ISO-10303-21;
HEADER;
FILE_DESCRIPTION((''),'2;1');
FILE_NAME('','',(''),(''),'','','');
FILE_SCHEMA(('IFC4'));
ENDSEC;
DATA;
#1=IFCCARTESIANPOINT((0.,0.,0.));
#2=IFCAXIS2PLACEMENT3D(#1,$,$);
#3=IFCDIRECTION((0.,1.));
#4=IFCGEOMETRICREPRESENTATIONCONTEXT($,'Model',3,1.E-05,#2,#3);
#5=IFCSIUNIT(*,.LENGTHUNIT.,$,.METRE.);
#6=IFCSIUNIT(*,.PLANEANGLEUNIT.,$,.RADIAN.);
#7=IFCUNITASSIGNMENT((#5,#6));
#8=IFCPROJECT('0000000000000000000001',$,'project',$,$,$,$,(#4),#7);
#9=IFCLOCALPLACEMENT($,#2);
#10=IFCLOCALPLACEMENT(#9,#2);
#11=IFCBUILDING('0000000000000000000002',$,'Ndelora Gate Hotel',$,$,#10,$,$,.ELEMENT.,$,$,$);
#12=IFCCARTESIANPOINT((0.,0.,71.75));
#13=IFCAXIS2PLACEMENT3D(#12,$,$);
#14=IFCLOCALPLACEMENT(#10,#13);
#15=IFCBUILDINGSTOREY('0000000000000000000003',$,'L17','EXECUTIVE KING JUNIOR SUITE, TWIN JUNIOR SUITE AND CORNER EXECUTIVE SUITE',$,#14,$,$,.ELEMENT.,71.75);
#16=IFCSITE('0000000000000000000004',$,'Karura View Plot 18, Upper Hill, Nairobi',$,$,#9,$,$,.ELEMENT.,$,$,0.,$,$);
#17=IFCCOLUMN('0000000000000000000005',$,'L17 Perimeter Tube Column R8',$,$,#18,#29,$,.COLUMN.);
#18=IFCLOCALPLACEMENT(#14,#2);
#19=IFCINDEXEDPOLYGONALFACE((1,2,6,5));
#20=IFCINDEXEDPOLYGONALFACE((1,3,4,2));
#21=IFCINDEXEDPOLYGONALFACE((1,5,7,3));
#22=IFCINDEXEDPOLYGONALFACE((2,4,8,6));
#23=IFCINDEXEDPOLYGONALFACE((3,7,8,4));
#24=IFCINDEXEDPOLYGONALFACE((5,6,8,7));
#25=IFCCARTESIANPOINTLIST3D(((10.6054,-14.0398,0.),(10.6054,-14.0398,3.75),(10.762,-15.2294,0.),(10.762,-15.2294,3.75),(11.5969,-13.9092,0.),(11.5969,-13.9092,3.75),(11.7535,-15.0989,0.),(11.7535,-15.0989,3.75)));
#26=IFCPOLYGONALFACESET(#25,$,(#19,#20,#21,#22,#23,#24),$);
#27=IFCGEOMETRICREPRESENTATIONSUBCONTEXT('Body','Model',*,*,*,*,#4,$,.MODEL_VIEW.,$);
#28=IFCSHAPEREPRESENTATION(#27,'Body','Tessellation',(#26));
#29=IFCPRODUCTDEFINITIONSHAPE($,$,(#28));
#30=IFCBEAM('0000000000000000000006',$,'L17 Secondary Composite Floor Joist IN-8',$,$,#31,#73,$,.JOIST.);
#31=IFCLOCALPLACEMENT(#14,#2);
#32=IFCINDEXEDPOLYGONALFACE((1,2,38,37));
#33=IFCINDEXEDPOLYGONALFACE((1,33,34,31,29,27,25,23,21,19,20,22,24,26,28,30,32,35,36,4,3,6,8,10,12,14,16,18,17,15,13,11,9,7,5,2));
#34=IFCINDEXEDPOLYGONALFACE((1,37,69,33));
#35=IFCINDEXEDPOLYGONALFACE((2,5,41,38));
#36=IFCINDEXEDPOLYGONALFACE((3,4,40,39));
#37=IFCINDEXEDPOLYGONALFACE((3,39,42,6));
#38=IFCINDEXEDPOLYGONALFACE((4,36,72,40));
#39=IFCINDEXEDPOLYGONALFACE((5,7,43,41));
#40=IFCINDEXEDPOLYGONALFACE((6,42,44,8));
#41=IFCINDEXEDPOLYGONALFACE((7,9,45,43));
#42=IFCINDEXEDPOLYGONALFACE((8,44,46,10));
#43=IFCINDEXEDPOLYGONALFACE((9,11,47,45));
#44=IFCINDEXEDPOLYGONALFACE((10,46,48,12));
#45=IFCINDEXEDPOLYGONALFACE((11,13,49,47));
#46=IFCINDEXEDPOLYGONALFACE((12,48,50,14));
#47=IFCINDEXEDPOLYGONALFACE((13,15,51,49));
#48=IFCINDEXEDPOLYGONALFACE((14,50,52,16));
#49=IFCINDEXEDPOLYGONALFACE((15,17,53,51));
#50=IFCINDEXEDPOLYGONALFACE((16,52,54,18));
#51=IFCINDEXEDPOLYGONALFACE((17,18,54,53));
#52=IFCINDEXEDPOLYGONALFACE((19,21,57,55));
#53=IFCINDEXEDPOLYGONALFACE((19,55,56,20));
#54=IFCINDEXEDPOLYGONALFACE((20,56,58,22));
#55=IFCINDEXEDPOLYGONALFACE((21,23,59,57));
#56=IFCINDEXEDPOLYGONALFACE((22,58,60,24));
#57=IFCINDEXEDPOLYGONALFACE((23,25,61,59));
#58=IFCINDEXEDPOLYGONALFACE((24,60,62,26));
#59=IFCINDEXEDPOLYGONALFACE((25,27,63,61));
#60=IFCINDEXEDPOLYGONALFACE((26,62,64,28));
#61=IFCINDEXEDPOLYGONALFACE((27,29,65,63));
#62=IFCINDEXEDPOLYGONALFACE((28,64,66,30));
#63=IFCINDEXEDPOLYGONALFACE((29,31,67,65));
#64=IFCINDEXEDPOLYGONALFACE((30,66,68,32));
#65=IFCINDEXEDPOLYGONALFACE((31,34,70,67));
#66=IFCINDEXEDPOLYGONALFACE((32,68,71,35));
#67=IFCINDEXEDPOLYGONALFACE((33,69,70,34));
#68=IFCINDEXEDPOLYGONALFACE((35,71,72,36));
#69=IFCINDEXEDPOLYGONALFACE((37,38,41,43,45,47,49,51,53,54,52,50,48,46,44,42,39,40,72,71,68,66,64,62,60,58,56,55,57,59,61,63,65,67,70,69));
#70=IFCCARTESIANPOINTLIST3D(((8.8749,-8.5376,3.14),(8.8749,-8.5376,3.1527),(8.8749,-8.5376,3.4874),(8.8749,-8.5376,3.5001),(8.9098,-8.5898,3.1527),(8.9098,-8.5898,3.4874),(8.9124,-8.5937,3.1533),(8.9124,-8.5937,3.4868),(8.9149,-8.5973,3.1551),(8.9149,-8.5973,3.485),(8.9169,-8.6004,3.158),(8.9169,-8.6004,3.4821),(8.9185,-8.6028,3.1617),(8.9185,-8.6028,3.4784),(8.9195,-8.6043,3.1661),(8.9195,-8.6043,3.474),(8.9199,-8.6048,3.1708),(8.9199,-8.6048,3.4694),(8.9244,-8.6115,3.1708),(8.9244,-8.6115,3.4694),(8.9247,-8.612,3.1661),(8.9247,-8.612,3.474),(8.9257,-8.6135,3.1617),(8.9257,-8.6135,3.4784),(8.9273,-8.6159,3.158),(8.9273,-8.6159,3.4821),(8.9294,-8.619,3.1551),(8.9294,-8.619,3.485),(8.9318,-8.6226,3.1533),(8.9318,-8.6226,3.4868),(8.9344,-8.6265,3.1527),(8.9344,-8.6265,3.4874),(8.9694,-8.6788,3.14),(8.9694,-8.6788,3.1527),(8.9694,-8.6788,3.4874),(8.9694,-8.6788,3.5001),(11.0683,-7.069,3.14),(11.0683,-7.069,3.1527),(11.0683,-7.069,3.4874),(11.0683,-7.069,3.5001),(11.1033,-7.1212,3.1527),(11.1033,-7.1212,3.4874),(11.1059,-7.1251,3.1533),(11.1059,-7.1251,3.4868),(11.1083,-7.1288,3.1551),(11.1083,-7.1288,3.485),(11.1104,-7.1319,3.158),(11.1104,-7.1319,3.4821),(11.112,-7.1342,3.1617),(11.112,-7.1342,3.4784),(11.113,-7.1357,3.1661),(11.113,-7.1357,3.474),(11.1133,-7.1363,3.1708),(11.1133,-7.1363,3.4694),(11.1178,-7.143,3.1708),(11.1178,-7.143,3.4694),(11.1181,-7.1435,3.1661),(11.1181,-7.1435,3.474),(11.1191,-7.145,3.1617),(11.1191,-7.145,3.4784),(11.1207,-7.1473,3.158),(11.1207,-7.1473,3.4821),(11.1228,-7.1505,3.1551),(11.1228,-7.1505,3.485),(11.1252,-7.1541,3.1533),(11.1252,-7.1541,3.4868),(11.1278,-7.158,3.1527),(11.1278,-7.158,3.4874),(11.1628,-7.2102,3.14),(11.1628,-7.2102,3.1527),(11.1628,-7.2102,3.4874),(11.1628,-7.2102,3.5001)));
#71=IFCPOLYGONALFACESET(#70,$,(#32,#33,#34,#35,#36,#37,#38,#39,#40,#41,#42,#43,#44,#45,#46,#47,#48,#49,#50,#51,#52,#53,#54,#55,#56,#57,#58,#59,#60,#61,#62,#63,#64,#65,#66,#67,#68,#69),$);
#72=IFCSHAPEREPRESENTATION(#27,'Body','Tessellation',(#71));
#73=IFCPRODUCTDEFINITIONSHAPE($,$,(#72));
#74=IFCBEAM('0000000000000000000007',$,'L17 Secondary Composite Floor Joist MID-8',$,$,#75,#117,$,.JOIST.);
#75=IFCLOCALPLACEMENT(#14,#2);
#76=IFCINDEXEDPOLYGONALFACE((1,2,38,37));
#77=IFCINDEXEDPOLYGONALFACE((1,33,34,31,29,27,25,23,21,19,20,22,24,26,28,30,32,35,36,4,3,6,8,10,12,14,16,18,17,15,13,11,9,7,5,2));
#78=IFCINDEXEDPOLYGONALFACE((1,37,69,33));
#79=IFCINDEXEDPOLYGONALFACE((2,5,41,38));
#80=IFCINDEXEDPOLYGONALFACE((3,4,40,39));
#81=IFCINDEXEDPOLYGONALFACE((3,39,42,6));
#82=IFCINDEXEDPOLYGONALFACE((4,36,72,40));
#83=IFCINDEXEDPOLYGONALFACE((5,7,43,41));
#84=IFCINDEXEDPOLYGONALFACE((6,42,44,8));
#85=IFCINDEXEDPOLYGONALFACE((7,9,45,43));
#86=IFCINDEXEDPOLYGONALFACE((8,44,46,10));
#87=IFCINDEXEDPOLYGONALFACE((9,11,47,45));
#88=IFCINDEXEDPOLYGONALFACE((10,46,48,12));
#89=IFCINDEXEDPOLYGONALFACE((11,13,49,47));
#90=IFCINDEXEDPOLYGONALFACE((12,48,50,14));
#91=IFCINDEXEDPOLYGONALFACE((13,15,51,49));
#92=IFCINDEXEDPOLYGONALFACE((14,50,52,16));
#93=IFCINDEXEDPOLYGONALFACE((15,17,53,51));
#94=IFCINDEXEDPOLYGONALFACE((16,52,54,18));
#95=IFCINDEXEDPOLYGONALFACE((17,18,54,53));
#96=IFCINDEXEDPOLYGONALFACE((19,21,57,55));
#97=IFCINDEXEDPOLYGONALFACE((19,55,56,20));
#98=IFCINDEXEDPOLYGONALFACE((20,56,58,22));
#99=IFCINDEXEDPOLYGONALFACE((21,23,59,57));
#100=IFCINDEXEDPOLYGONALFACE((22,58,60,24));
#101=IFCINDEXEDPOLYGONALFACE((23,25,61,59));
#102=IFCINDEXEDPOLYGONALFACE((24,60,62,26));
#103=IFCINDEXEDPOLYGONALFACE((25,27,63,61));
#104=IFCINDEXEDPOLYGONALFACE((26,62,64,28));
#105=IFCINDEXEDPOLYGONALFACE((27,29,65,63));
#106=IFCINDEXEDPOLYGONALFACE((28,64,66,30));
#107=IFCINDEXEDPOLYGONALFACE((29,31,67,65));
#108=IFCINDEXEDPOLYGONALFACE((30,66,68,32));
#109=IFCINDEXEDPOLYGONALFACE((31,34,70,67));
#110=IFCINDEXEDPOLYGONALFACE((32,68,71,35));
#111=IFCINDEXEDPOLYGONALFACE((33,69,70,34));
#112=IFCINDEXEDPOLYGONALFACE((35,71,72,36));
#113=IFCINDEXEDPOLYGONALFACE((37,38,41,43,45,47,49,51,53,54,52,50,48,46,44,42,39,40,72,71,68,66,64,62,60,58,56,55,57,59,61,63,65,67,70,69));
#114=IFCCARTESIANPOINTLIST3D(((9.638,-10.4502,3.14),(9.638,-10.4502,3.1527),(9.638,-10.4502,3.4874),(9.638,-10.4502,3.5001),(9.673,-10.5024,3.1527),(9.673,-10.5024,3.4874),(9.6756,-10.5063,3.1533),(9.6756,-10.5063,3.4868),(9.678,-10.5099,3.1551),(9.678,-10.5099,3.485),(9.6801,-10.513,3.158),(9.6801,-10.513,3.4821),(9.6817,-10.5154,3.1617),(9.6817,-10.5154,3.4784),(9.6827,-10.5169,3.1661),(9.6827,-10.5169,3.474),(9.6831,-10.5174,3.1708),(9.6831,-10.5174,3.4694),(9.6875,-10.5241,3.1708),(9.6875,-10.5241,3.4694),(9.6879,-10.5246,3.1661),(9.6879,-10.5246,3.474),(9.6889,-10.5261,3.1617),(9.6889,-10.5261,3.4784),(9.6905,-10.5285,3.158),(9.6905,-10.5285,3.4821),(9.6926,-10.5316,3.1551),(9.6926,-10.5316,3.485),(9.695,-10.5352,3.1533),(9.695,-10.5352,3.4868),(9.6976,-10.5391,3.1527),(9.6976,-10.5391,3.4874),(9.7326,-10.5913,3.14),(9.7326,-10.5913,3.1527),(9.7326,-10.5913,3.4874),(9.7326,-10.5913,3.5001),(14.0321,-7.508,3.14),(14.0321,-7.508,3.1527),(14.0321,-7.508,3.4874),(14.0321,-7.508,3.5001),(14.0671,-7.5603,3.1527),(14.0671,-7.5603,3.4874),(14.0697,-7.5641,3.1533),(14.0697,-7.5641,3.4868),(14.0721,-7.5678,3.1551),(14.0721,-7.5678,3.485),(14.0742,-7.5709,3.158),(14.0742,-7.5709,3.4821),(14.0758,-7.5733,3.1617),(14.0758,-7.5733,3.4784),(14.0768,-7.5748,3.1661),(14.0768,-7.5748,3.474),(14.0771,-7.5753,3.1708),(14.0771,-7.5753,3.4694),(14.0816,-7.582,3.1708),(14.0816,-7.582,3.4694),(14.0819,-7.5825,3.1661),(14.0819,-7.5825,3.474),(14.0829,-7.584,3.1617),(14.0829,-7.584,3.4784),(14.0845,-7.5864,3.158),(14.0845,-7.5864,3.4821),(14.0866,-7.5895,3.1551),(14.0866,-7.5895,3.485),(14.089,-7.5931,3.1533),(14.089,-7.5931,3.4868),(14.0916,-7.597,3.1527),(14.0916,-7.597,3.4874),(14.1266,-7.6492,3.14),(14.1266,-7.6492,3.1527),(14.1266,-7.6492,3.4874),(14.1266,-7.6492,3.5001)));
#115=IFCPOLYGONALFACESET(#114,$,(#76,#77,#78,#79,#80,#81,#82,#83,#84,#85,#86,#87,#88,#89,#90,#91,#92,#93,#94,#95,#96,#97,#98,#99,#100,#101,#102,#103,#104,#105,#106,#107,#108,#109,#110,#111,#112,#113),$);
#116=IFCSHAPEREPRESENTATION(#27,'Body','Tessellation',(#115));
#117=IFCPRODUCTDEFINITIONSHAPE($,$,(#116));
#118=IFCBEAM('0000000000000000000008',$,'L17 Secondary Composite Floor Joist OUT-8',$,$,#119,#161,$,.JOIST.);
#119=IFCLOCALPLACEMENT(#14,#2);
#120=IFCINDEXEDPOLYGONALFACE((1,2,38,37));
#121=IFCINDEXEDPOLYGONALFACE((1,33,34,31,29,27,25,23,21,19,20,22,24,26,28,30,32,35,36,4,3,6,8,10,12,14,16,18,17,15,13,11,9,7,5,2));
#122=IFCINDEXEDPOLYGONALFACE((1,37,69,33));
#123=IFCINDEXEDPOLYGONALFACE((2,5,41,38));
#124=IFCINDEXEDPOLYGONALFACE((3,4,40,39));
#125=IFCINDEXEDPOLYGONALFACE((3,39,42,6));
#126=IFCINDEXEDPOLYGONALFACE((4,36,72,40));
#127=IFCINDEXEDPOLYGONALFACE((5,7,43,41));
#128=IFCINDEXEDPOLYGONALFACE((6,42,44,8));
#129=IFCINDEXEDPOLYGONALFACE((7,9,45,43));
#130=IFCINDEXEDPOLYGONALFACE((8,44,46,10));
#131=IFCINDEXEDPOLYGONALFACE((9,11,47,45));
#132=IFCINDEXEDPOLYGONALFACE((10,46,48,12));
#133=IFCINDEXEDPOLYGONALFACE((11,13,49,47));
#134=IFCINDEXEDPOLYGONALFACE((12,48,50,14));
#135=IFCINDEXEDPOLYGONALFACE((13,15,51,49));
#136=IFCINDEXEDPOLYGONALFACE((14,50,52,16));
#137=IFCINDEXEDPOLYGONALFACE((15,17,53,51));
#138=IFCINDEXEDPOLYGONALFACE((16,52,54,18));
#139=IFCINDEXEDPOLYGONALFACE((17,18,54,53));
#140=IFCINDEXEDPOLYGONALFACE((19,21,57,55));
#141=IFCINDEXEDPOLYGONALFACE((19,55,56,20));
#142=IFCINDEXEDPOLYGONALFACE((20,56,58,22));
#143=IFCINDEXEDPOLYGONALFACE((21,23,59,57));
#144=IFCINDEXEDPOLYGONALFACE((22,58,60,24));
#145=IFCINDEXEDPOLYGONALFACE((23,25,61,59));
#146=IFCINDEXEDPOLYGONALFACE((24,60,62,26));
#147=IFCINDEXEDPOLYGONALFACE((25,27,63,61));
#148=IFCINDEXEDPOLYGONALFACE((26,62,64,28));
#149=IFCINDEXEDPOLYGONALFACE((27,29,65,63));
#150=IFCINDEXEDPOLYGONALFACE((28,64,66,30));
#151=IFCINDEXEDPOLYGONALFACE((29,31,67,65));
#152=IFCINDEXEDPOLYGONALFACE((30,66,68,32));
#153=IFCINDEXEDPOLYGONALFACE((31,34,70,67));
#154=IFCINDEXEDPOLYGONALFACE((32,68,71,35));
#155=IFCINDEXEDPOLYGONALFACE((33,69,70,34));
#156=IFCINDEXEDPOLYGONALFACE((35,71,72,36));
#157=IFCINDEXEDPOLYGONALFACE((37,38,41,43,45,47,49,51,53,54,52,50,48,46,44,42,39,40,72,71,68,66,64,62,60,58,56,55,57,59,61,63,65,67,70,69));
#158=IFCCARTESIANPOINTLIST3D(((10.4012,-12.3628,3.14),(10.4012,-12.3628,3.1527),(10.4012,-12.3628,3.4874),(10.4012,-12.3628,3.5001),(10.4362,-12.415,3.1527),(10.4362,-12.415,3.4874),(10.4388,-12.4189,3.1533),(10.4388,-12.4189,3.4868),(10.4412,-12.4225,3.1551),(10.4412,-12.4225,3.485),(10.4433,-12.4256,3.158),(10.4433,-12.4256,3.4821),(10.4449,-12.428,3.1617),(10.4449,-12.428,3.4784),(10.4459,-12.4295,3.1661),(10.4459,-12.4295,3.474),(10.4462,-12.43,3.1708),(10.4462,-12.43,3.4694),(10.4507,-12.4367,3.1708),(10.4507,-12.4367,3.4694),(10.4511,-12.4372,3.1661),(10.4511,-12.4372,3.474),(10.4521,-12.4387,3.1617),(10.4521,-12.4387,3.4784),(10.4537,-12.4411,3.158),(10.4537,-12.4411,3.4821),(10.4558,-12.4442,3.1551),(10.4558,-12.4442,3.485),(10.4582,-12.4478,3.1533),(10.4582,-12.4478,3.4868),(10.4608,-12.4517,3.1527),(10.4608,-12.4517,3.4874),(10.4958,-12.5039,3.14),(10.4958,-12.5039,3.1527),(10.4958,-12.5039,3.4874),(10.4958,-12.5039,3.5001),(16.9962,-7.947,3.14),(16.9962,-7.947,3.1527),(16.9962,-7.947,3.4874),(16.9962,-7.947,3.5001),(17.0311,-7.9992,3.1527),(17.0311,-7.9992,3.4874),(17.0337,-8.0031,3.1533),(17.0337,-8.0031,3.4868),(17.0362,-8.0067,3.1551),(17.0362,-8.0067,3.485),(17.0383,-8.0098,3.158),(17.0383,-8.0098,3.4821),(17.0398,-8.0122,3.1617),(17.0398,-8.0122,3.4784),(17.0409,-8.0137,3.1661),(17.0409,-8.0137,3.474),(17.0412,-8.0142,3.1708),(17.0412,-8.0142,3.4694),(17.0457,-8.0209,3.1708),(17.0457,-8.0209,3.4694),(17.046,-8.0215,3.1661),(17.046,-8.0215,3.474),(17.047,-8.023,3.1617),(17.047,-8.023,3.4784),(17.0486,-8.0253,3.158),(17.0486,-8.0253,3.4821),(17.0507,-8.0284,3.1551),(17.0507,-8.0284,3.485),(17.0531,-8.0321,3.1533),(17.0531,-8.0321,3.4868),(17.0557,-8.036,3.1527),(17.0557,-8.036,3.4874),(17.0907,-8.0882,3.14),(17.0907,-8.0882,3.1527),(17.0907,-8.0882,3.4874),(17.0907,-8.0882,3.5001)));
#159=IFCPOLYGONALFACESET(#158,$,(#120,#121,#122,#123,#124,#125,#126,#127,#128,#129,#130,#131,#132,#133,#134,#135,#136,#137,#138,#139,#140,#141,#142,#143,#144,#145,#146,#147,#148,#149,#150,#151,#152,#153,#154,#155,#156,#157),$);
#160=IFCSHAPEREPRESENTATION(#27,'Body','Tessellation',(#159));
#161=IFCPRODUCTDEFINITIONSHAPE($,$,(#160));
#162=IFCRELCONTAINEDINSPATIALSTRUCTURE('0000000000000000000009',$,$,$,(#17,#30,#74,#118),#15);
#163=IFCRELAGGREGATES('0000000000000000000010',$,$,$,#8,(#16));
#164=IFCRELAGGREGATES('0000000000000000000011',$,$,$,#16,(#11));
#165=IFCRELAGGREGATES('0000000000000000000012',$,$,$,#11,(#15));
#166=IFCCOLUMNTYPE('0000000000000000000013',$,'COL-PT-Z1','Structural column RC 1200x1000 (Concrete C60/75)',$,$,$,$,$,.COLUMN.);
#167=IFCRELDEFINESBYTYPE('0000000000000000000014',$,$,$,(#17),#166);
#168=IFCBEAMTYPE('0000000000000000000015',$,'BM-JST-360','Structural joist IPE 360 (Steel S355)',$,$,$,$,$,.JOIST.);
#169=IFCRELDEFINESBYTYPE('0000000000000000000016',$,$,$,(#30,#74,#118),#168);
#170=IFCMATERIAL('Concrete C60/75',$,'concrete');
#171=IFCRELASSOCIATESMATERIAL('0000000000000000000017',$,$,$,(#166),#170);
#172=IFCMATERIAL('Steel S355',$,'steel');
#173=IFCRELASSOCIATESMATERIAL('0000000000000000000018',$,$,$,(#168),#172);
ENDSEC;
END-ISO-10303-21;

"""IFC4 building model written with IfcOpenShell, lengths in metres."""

from ifc_helpers import new_model, si_unit, direction, frame, origin, origin_2d, place, context, subcontext, project, spatial, rectangle, i_section, extrude, material, material_profile, profile_set, type_object, element, save


model = new_model("IFC4")

# Units and contexts
model_context = context("Model", 3, precision=1e-05, world=origin(), true_north=direction((0.0, 1.0)))
body_context = subcontext(model_context, "Body", "Model", "MODEL_VIEW")
ifc_project = project(units=[si_unit("LENGTHUNIT", "METRE"), si_unit("PLANEANGLEUNIT", "RADIAN")], contexts=[model_context])

# Site, building, storey
site_placement = place(None, origin())
site = spatial("IfcSite", under=ifc_project, at=site_placement, Name="Karura View Plot 18, Upper Hill, Nairobi", CompositionType="ELEMENT", RefElevation=0.0)
building_placement = place(site_placement, origin())
building = spatial("IfcBuilding", under=site, at=building_placement, Name="Ndelora Gate Hotel", CompositionType="ELEMENT")
storey_placement = place(building_placement, frame((0.0, 0.0, 71.75)))
storey = spatial("IfcBuildingStorey", under=building, at=storey_placement, Name="L17", Description="EXECUTIVE KING JUNIOR SUITE, TWIN JUNIOR SUITE AND CORNER EXECUTIVE SUITE", CompositionType="ELEMENT", Elevation=71.75)

# Column
ifc_material_1 = material(Name="Concrete C60/75", Category="concrete")
ifc_material_profile_1 = material_profile(ifc_material_1, rectangle(XDim=1.0, YDim=1.2, at=origin_2d()), Name="RC 1200x1000")
ifc_profile_set_1 = profile_set([ifc_material_profile_1], Name="Concrete C60/75")
column_type = type_object("IfcColumnType", Name="COL-PT-Z1", Description="Structural column RC 1200x1000 (Concrete C60/75)", PredefinedType="COLUMN", material=ifc_profile_set_1)
column_placement = place(storey_placement, frame((11.1794, -14.5693, 0.0), z_axis=(0.0, 0.0, 1.0), x_axis=(0.991445, 0.130526, 0.0)))
element("IfcColumn", 1, at=column_placement, inside=storey, type_object=column_type, Name="L17 Perimeter Tube Column R8", PredefinedType="COLUMN", context=body_context, shape_type="SweptSolid", body=[
    extrude(rectangle(XDim=1.0, YDim=1.2, at=origin_2d()), origin(), (0.0, 0.0, 1.0), 3.75),
])

# Beams
ifc_material_2 = material(Name="Steel S355", Category="steel")
ifc_material_profile_2 = material_profile(ifc_material_2, i_section(OverallWidth=0.1699, OverallDepth=0.3601, WebThickness=0.0081, FlangeThickness=0.0127, FilletRadius=0.0181, at=origin_2d()), Name="IPE 360")
ifc_profile_set_2 = profile_set([ifc_material_profile_2], Name="Steel S355")
beam_type = type_object("IfcBeamType", Name="BM-JST-360", Description="Structural joist IPE 360 (Steel S355)", PredefinedType="JOIST", material=ifc_profile_set_2)
beam_1_placement = place(storey_placement, frame((8.9221, -8.6082, 3.3201), z_axis=(0.830953, 0.556343, 0.0), x_axis=(-0.556343, 0.830953, 0.0)))
element("IfcBeam", 2, at=beam_1_placement, inside=storey, type_object=beam_type, Name="L17 Secondary Composite Floor Joist IN-8", PredefinedType="JOIST", context=body_context, shape_type="SweptSolid", body=[
    extrude(i_section(OverallWidth=0.1699, OverallDepth=0.3601, WebThickness=0.0081, FlangeThickness=0.0127, FilletRadius=0.0181, at=origin_2d()), origin(), (0.0, 0.0, 1.0), 2.6396),
])
beam_2_placement = place(storey_placement, frame((9.6853, -10.5208, 3.3201), z_axis=(0.830933, 0.556372, 0.0), x_axis=(-0.556372, 0.830933, 0.0)))
element("IfcBeam", 3, at=beam_2_placement, inside=storey, type_object=beam_type, Name="L17 Secondary Composite Floor Joist MID-8", PredefinedType="JOIST", context=body_context, shape_type="SweptSolid", body=[
    extrude(i_section(OverallWidth=0.1699, OverallDepth=0.3601, WebThickness=0.0081, FlangeThickness=0.0127, FilletRadius=0.0181, at=origin_2d()), origin(), (0.0, 0.0, 1.0), 5.2881),
])
beam_3_placement = place(storey_placement, frame((10.4485, -12.4333, 3.3201), z_axis=(0.830937, 0.556367, 0.0), x_axis=(-0.556367, 0.830937, 0.0)))
element("IfcBeam", 4, at=beam_3_placement, inside=storey, type_object=beam_type, Name="L17 Secondary Composite Floor Joist OUT-8", PredefinedType="JOIST", context=body_context, shape_type="SweptSolid", body=[
    extrude(i_section(OverallWidth=0.1699, OverallDepth=0.3601, WebThickness=0.0081, FlangeThickness=0.0127, FilletRadius=0.0181, at=origin_2d()), origin(), (0.0, 0.0, 1.0), 7.9368),
])

save(model, "model.ifc")
